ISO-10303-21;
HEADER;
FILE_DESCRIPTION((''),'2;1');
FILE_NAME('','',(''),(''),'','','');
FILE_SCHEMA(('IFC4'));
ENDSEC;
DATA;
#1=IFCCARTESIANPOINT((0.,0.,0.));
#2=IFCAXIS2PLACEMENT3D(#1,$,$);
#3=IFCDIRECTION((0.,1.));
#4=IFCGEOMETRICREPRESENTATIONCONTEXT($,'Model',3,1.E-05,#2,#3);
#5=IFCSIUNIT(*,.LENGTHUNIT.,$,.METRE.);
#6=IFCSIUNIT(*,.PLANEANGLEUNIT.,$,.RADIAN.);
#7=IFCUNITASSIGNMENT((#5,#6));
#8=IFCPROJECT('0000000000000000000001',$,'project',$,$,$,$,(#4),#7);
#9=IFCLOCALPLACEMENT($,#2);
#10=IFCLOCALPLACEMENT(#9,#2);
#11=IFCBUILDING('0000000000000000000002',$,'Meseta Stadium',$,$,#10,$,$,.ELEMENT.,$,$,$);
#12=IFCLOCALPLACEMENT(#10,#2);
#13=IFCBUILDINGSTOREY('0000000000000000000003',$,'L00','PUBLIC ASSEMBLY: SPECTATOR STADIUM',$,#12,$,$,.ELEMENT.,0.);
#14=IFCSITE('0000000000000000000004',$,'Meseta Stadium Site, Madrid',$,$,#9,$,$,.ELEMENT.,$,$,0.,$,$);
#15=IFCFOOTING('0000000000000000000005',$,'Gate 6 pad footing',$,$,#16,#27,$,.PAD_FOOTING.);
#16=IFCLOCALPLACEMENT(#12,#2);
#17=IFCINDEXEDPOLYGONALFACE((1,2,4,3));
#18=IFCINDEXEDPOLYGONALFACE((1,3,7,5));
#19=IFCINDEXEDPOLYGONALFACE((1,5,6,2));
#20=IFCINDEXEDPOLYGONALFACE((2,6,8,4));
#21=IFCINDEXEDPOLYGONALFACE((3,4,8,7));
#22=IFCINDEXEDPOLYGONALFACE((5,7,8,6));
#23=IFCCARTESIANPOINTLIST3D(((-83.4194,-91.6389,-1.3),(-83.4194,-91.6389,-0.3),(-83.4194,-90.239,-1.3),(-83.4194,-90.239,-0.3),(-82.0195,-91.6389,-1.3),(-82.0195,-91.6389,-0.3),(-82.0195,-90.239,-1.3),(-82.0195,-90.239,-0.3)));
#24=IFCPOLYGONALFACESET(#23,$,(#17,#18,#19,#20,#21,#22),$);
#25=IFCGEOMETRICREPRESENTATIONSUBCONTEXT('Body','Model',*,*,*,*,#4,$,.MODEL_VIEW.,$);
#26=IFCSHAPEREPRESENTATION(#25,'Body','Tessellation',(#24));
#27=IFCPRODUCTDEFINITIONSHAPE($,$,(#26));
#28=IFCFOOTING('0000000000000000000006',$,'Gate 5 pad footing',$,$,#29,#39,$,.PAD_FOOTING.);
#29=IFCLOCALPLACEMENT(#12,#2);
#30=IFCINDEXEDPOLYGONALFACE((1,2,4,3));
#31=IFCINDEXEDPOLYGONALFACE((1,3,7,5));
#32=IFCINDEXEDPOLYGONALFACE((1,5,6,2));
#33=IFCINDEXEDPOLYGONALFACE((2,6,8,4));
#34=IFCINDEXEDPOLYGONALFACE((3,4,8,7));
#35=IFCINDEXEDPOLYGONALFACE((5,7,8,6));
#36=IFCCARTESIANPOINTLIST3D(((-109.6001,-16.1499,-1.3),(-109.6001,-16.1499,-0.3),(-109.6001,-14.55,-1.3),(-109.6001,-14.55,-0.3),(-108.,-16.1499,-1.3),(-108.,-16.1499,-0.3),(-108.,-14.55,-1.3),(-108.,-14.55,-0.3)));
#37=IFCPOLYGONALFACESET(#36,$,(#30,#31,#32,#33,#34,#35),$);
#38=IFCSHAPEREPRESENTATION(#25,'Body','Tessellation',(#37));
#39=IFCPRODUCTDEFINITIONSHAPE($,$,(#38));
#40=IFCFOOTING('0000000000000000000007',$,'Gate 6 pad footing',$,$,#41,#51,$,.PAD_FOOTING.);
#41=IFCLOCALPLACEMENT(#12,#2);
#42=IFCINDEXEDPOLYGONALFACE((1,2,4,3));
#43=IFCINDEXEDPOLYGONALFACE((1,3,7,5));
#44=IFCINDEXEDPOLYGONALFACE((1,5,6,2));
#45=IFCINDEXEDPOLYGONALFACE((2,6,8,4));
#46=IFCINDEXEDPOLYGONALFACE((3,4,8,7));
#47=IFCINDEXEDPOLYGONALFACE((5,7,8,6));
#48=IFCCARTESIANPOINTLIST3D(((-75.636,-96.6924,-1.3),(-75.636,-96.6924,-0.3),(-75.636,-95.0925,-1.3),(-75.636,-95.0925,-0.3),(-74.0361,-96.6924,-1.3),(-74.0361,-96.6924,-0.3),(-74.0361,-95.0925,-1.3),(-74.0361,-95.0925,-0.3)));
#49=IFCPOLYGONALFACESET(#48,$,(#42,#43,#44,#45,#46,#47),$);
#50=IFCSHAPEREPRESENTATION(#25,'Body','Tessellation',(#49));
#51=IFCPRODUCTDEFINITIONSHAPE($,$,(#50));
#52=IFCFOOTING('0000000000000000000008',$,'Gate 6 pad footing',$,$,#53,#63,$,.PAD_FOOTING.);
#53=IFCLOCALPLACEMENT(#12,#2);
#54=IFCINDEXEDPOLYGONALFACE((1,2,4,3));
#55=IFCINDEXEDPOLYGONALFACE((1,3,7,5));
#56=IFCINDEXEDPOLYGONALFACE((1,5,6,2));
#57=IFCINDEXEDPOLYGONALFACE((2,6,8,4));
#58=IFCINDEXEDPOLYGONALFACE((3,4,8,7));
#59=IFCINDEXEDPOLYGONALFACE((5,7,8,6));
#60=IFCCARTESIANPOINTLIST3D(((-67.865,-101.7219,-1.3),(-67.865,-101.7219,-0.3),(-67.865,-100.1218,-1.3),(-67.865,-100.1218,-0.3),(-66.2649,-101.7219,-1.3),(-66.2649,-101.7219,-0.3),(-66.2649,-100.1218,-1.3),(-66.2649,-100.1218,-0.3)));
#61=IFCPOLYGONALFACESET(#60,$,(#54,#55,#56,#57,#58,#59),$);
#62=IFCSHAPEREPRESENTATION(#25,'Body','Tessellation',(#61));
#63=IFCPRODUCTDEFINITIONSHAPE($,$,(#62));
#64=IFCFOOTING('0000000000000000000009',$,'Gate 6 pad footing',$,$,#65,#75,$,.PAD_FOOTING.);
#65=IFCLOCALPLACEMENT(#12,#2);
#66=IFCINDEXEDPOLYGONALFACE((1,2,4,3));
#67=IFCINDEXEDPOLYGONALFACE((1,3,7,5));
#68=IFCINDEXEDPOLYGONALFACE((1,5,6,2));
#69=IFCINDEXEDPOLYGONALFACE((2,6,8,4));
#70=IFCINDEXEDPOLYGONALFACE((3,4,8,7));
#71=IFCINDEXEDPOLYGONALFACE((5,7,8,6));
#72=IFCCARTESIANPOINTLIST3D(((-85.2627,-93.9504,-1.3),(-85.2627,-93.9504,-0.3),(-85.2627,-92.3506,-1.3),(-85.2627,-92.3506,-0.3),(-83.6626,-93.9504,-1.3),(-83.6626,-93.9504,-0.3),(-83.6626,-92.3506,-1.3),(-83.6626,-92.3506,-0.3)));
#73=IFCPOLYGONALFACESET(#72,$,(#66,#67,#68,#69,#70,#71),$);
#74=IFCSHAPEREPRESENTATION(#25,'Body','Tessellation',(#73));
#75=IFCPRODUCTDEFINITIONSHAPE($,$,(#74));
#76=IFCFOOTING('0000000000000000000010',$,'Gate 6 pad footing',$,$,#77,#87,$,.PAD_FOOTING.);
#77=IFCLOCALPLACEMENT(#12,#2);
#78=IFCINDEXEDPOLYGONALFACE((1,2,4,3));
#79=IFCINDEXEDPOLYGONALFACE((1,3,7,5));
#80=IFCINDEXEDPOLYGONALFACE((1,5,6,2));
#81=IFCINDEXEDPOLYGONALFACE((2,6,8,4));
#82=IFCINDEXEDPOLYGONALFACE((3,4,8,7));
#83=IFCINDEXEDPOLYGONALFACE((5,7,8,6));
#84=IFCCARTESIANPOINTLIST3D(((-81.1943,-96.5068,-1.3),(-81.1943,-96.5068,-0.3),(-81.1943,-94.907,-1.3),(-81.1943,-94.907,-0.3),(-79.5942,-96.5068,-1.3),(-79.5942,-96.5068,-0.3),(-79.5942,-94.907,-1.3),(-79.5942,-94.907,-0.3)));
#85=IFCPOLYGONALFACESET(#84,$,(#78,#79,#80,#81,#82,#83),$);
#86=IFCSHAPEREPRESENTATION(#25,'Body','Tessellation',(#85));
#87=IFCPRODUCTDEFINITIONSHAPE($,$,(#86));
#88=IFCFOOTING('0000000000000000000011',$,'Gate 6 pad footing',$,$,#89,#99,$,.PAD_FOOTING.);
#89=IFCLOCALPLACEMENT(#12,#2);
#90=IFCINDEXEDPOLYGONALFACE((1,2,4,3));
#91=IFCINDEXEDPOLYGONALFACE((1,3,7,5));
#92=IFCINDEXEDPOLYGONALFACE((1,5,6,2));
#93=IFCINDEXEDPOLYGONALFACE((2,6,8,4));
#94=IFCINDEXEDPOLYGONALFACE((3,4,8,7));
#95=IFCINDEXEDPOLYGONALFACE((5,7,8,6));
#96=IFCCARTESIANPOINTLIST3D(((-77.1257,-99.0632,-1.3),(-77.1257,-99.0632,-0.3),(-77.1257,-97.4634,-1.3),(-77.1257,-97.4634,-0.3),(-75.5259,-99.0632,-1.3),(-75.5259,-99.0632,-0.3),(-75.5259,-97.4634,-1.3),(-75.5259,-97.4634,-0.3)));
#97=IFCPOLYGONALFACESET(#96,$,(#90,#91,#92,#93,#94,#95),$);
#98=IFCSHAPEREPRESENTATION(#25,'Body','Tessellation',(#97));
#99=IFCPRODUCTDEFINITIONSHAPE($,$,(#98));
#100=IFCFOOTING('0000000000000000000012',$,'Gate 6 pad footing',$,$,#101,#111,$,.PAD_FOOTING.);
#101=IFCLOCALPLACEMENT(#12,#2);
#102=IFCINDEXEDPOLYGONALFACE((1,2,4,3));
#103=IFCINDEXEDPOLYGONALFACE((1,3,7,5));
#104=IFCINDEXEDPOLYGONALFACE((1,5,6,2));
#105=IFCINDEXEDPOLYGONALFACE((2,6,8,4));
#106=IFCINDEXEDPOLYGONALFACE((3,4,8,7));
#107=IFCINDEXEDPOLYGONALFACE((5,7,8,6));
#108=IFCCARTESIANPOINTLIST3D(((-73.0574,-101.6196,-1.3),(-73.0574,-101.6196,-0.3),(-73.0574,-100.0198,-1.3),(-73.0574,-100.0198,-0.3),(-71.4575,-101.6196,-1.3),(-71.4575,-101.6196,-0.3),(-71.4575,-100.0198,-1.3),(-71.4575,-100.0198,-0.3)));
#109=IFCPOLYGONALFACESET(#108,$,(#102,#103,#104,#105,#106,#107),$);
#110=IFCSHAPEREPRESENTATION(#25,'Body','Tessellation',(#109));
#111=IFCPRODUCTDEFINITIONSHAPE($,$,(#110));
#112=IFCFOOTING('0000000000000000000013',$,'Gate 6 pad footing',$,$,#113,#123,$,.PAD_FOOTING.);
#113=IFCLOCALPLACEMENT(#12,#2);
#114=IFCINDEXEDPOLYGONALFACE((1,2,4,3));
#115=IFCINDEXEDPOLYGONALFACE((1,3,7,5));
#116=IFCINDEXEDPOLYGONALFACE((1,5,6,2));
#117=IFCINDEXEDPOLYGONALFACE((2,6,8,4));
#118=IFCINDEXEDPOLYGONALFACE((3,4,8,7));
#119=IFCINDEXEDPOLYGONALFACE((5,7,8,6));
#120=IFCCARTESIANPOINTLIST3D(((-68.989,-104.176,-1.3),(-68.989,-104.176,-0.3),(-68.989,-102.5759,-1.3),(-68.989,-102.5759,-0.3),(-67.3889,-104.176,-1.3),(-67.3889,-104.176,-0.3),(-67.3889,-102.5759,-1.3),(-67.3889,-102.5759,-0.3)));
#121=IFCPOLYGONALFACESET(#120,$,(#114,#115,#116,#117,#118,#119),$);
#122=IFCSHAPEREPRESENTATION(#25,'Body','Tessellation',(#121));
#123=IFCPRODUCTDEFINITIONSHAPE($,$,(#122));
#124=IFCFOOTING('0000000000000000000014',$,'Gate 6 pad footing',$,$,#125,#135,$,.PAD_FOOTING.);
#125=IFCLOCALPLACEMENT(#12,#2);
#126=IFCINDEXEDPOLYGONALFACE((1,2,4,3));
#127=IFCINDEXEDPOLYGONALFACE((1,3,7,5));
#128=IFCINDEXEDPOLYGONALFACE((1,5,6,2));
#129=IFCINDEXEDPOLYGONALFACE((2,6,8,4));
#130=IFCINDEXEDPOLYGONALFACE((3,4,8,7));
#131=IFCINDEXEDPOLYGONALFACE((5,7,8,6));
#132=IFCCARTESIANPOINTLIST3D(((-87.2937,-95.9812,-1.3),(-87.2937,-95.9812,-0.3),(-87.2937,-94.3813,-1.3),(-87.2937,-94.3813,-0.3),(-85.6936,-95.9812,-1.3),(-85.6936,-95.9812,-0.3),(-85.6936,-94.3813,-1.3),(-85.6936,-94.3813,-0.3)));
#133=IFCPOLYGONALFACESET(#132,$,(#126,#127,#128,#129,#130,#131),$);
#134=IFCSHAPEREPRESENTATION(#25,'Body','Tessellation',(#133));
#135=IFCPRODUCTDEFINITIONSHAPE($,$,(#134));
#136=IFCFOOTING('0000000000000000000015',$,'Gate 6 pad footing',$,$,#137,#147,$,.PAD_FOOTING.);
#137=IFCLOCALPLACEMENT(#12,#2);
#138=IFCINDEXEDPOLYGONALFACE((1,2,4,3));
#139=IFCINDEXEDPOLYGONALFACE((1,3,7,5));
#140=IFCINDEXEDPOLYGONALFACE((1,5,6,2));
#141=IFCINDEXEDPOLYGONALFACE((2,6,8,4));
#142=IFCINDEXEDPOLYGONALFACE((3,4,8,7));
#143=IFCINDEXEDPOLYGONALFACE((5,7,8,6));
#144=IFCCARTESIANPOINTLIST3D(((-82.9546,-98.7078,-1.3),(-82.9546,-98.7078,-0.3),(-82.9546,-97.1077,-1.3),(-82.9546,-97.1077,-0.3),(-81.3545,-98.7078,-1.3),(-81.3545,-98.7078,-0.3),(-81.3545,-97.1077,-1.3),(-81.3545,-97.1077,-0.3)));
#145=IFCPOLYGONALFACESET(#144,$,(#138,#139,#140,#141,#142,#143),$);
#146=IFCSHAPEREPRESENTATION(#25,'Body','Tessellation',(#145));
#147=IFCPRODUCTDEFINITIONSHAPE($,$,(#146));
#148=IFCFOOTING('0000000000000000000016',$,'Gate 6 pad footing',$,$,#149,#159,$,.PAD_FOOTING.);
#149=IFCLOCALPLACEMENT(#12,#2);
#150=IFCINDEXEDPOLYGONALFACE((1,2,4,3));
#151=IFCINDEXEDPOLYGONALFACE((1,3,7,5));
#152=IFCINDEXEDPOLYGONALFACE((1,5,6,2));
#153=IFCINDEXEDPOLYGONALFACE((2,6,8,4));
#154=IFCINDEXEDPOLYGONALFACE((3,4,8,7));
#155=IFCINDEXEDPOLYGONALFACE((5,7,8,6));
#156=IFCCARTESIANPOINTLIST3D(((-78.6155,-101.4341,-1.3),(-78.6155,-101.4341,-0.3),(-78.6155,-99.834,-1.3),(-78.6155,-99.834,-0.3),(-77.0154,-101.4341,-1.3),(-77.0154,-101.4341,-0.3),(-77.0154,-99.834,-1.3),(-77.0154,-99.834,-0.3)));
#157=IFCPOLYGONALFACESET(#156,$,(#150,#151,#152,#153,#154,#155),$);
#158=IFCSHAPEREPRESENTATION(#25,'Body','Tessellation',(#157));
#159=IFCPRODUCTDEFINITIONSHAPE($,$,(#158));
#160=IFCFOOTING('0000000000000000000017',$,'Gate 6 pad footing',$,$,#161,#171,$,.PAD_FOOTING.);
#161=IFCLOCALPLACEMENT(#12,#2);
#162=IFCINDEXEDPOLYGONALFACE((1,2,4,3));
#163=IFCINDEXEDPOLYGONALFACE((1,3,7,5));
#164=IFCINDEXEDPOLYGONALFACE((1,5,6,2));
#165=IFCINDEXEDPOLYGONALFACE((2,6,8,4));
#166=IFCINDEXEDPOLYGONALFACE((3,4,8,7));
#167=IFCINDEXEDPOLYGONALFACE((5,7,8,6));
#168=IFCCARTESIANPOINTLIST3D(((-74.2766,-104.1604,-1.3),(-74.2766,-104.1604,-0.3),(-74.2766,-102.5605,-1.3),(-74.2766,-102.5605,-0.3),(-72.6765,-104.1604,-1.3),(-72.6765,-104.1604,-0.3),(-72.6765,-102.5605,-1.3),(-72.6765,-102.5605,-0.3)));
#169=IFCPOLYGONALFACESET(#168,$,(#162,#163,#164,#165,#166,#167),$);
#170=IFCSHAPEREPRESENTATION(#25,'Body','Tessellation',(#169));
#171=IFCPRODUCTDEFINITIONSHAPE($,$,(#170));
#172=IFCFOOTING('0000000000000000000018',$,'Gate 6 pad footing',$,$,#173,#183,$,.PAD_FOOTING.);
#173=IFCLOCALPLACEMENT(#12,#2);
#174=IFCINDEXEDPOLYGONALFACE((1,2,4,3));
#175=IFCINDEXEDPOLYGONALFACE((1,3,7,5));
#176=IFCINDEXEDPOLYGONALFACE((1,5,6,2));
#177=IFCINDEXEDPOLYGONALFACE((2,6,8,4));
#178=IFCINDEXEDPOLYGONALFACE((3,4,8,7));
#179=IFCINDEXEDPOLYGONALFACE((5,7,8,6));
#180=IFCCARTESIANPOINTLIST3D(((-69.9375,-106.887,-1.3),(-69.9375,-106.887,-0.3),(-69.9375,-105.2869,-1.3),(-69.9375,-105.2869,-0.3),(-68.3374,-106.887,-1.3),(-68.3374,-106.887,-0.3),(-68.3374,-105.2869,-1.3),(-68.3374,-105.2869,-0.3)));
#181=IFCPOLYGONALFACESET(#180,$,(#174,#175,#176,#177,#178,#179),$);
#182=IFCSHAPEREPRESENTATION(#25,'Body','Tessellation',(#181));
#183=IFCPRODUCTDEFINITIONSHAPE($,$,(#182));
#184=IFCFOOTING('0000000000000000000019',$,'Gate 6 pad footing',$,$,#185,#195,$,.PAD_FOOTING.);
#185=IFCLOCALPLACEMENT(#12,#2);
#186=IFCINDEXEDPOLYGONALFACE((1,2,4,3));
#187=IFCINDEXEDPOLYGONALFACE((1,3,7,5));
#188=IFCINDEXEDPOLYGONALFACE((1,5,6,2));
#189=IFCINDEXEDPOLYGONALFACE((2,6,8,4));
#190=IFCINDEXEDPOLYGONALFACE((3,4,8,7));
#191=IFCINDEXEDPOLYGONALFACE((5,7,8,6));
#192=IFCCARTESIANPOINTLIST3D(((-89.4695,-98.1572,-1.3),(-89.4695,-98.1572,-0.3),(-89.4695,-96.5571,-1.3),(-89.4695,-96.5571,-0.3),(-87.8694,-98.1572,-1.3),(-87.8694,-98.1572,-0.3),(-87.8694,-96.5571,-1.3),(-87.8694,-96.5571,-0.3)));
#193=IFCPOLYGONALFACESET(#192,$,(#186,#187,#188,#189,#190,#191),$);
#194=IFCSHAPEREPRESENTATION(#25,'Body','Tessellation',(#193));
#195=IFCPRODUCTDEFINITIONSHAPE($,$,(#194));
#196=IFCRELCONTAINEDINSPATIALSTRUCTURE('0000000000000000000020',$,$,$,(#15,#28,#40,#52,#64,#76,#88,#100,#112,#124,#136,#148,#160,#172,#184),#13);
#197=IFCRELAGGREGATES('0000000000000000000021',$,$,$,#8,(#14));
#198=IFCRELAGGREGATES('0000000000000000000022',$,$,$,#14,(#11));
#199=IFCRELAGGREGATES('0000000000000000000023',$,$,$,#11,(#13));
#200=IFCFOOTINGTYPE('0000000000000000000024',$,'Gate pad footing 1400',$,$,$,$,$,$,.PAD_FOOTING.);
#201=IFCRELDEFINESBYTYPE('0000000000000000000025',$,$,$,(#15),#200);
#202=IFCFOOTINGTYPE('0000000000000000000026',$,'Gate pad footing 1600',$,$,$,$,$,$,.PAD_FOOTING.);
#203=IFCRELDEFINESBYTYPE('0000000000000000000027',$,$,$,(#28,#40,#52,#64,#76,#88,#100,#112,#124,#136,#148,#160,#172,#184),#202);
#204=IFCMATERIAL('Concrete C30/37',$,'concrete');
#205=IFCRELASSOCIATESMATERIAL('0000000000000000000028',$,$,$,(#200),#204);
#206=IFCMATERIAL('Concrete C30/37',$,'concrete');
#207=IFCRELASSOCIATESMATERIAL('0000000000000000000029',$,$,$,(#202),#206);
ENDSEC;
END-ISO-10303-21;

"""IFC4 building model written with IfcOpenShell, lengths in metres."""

from ifc_helpers import new_model, si_unit, direction, frame, origin, place, context, subcontext, project, spatial, polyline, outline, extrude, material, type_object, element, save


model = new_model("IFC4")

# Units and contexts
model_context = context("Model", 3, precision=1e-05, world=origin(), true_north=direction((0.0, 1.0)))
body_context = subcontext(model_context, "Body", "Model", "MODEL_VIEW")
ifc_project = project(units=[si_unit("LENGTHUNIT", "METRE"), si_unit("PLANEANGLEUNIT", "RADIAN")], contexts=[model_context])

# Site, building, storey
site_placement = place(None, origin())
site = spatial("IfcSite", under=ifc_project, at=site_placement, Name="Meseta Stadium Site, Madrid", CompositionType="ELEMENT", RefElevation=0.0)
building_placement = place(site_placement, origin())
building = spatial("IfcBuilding", under=site, at=building_placement, Name="Meseta Stadium", CompositionType="ELEMENT")
storey_placement = place(building_placement, origin())
storey = spatial("IfcBuildingStorey", under=building, at=storey_placement, Name="L00", Description="PUBLIC ASSEMBLY: SPECTATOR STADIUM", CompositionType="ELEMENT", Elevation=0.0)

# Footings
ifc_material_1 = material(Name="Concrete C30/37", Category="concrete")
footing_type_1 = type_object("IfcFootingType", Name="Gate pad footing 1400", PredefinedType="PAD_FOOTING", material=ifc_material_1)
footing_1_placement = place(storey_placement, frame((0.0, 0.0, -1.3)))
element("IfcFooting", 1, at=footing_1_placement, inside=storey, type_object=footing_type_1, Name="Gate 6 pad footing", PredefinedType="PAD_FOOTING", context=body_context, shape_type="SweptSolid", body=[
    extrude(outline(polyline([(-82.0195, -91.6389), (-82.0195, -90.239), (-83.4194, -90.239), (-83.4194, -91.6389), (-82.0195, -91.6389)])), origin(), (0.0, 0.0, 1.0), 1.0),
])
ifc_material_2 = material(Name="Concrete C30/37", Category="concrete")
footing_type_2 = type_object("IfcFootingType", Name="Gate pad footing 1600", PredefinedType="PAD_FOOTING", material=ifc_material_2)
footing_2_placement = place(storey_placement, frame((0.0, 0.0, -1.3)))
element("IfcFooting", 2, at=footing_2_placement, inside=storey, type_object=footing_type_2, Name="Gate 5 pad footing", PredefinedType="PAD_FOOTING", context=body_context, shape_type="SweptSolid", body=[
    extrude(outline(polyline([(-108.0, -16.1499), (-108.0, -14.55), (-109.6001, -14.55), (-109.6001, -16.1499), (-108.0, -16.1499)])), origin(), (0.0, 0.0, 1.0), 1.0),
])
footing_3_placement = place(storey_placement, frame((0.0, 0.0, -1.3)))
element("IfcFooting", 3, at=footing_3_placement, inside=storey, type_object=footing_type_2, Name="Gate 6 pad footing", PredefinedType="PAD_FOOTING", context=body_context, shape_type="SweptSolid", body=[
    extrude(outline(polyline([(-74.0361, -96.6924), (-74.0361, -95.0925), (-75.636, -95.0925), (-75.636, -96.6924), (-74.0361, -96.6924)])), origin(), (0.0, 0.0, 1.0), 1.0),
])
footing_4_placement = place(storey_placement, frame((0.0, 0.0, -1.3)))
element("IfcFooting", 4, at=footing_4_placement, inside=storey, type_object=footing_type_2, Name="Gate 6 pad footing", PredefinedType="PAD_FOOTING", context=body_context, shape_type="SweptSolid", body=[
    extrude(outline(polyline([(-66.2649, -101.7219), (-66.2649, -100.1218), (-67.865, -100.1218), (-67.865, -101.7219), (-66.2649, -101.7219)])), origin(), (0.0, 0.0, 1.0), 1.0),
])
footing_5_placement = place(storey_placement, frame((0.0, 0.0, -1.3)))
element("IfcFooting", 5, at=footing_5_placement, inside=storey, type_object=footing_type_2, Name="Gate 6 pad footing", PredefinedType="PAD_FOOTING", context=body_context, shape_type="SweptSolid", body=[
    extrude(outline(polyline([(-83.6626, -93.9504), (-83.6626, -92.3506), (-85.2627, -92.3506), (-85.2627, -93.9504), (-83.6626, -93.9504)])), origin(), (0.0, 0.0, 1.0), 1.0),
])
footing_6_placement = place(storey_placement, frame((0.0, 0.0, -1.3)))
element("IfcFooting", 6, at=footing_6_placement, inside=storey, type_object=footing_type_2, Name="Gate 6 pad footing", PredefinedType="PAD_FOOTING", context=body_context, shape_type="SweptSolid", body=[
    extrude(outline(polyline([(-79.5942, -96.5068), (-79.5942, -94.907), (-81.1943, -94.907), (-81.1943, -96.5068), (-79.5942, -96.5068)])), origin(), (0.0, 0.0, 1.0), 1.0),
])
footing_7_placement = place(storey_placement, frame((0.0, 0.0, -1.3)))
element("IfcFooting", 7, at=footing_7_placement, inside=storey, type_object=footing_type_2, Name="Gate 6 pad footing", PredefinedType="PAD_FOOTING", context=body_context, shape_type="SweptSolid", body=[
    extrude(outline(polyline([(-75.5259, -99.0632), (-75.5259, -97.4634), (-77.1257, -97.4634), (-77.1257, -99.0632), (-75.5259, -99.0632)])), origin(), (0.0, 0.0, 1.0), 1.0),
])
footing_8_placement = place(storey_placement, frame((0.0, 0.0, -1.3)))
element("IfcFooting", 8, at=footing_8_placement, inside=storey, type_object=footing_type_2, Name="Gate 6 pad footing", PredefinedType="PAD_FOOTING", context=body_context, shape_type="SweptSolid", body=[
    extrude(outline(polyline([(-71.4575, -101.6196), (-71.4575, -100.0198), (-73.0574, -100.0198), (-73.0574, -101.6196), (-71.4575, -101.6196)])), origin(), (0.0, 0.0, 1.0), 1.0),
])
footing_9_placement = place(storey_placement, frame((0.0, 0.0, -1.3)))
element("IfcFooting", 9, at=footing_9_placement, inside=storey, type_object=footing_type_2, Name="Gate 6 pad footing", PredefinedType="PAD_FOOTING", context=body_context, shape_type="SweptSolid", body=[
    extrude(outline(polyline([(-67.3889, -104.176), (-67.3889, -102.5759), (-68.989, -102.5759), (-68.989, -104.176), (-67.3889, -104.176)])), origin(), (0.0, 0.0, 1.0), 1.0),
])
footing_10_placement = place(storey_placement, frame((0.0, 0.0, -1.3)))
element("IfcFooting", 10, at=footing_10_placement, inside=storey, type_object=footing_type_2, Name="Gate 6 pad footing", PredefinedType="PAD_FOOTING", context=body_context, shape_type="SweptSolid", body=[
    extrude(outline(polyline([(-85.6936, -95.9812), (-85.6936, -94.3813), (-87.2937, -94.3813), (-87.2937, -95.9812), (-85.6936, -95.9812)])), origin(), (0.0, 0.0, 1.0), 1.0),
])
footing_11_placement = place(storey_placement, frame((0.0, 0.0, -1.3)))
element("IfcFooting", 11, at=footing_11_placement, inside=storey, type_object=footing_type_2, Name="Gate 6 pad footing", PredefinedType="PAD_FOOTING", context=body_context, shape_type="SweptSolid", body=[
    extrude(outline(polyline([(-81.3545, -98.7078), (-81.3545, -97.1077), (-82.9546, -97.1077), (-82.9546, -98.7078), (-81.3545, -98.7078)])), origin(), (0.0, 0.0, 1.0), 1.0),
])
footing_12_placement = place(storey_placement, frame((0.0, 0.0, -1.3)))
element("IfcFooting", 12, at=footing_12_placement, inside=storey, type_object=footing_type_2, Name="Gate 6 pad footing", PredefinedType="PAD_FOOTING", context=body_context, shape_type="SweptSolid", body=[
    extrude(outline(polyline([(-77.0154, -101.4341), (-77.0154, -99.834), (-78.6155, -99.834), (-78.6155, -101.4341), (-77.0154, -101.4341)])), origin(), (0.0, 0.0, 1.0), 1.0),
])
footing_13_placement = place(storey_placement, frame((0.0, 0.0, -1.3)))
element("IfcFooting", 13, at=footing_13_placement, inside=storey, type_object=footing_type_2, Name="Gate 6 pad footing", PredefinedType="PAD_FOOTING", context=body_context, shape_type="SweptSolid", body=[
    extrude(outline(polyline([(-72.6765, -104.1604), (-72.6765, -102.5605), (-74.2766, -102.5605), (-74.2766, -104.1604), (-72.6765, -104.1604)])), origin(), (0.0, 0.0, 1.0), 1.0),
])
footing_14_placement = place(storey_placement, frame((0.0, 0.0, -1.3)))
element("IfcFooting", 14, at=footing_14_placement, inside=storey, type_object=footing_type_2, Name="Gate 6 pad footing", PredefinedType="PAD_FOOTING", context=body_context, shape_type="SweptSolid", body=[
    extrude(outline(polyline([(-68.3374, -106.887), (-68.3374, -105.2869), (-69.9375, -105.2869), (-69.9375, -106.887), (-68.3374, -106.887)])), origin(), (0.0, 0.0, 1.0), 1.0),
])
footing_15_placement = place(storey_placement, frame((0.0, 0.0, -1.3)))
element("IfcFooting", 15, at=footing_15_placement, inside=storey, type_object=footing_type_2, Name="Gate 6 pad footing", PredefinedType="PAD_FOOTING", context=body_context, shape_type="SweptSolid", body=[
    extrude(outline(polyline([(-87.8694, -98.1572), (-87.8694, -96.5571), (-89.4695, -96.5571), (-89.4695, -98.1572), (-87.8694, -98.1572)])), origin(), (0.0, 0.0, 1.0), 1.0),
])

save(model, "model.ifc")
